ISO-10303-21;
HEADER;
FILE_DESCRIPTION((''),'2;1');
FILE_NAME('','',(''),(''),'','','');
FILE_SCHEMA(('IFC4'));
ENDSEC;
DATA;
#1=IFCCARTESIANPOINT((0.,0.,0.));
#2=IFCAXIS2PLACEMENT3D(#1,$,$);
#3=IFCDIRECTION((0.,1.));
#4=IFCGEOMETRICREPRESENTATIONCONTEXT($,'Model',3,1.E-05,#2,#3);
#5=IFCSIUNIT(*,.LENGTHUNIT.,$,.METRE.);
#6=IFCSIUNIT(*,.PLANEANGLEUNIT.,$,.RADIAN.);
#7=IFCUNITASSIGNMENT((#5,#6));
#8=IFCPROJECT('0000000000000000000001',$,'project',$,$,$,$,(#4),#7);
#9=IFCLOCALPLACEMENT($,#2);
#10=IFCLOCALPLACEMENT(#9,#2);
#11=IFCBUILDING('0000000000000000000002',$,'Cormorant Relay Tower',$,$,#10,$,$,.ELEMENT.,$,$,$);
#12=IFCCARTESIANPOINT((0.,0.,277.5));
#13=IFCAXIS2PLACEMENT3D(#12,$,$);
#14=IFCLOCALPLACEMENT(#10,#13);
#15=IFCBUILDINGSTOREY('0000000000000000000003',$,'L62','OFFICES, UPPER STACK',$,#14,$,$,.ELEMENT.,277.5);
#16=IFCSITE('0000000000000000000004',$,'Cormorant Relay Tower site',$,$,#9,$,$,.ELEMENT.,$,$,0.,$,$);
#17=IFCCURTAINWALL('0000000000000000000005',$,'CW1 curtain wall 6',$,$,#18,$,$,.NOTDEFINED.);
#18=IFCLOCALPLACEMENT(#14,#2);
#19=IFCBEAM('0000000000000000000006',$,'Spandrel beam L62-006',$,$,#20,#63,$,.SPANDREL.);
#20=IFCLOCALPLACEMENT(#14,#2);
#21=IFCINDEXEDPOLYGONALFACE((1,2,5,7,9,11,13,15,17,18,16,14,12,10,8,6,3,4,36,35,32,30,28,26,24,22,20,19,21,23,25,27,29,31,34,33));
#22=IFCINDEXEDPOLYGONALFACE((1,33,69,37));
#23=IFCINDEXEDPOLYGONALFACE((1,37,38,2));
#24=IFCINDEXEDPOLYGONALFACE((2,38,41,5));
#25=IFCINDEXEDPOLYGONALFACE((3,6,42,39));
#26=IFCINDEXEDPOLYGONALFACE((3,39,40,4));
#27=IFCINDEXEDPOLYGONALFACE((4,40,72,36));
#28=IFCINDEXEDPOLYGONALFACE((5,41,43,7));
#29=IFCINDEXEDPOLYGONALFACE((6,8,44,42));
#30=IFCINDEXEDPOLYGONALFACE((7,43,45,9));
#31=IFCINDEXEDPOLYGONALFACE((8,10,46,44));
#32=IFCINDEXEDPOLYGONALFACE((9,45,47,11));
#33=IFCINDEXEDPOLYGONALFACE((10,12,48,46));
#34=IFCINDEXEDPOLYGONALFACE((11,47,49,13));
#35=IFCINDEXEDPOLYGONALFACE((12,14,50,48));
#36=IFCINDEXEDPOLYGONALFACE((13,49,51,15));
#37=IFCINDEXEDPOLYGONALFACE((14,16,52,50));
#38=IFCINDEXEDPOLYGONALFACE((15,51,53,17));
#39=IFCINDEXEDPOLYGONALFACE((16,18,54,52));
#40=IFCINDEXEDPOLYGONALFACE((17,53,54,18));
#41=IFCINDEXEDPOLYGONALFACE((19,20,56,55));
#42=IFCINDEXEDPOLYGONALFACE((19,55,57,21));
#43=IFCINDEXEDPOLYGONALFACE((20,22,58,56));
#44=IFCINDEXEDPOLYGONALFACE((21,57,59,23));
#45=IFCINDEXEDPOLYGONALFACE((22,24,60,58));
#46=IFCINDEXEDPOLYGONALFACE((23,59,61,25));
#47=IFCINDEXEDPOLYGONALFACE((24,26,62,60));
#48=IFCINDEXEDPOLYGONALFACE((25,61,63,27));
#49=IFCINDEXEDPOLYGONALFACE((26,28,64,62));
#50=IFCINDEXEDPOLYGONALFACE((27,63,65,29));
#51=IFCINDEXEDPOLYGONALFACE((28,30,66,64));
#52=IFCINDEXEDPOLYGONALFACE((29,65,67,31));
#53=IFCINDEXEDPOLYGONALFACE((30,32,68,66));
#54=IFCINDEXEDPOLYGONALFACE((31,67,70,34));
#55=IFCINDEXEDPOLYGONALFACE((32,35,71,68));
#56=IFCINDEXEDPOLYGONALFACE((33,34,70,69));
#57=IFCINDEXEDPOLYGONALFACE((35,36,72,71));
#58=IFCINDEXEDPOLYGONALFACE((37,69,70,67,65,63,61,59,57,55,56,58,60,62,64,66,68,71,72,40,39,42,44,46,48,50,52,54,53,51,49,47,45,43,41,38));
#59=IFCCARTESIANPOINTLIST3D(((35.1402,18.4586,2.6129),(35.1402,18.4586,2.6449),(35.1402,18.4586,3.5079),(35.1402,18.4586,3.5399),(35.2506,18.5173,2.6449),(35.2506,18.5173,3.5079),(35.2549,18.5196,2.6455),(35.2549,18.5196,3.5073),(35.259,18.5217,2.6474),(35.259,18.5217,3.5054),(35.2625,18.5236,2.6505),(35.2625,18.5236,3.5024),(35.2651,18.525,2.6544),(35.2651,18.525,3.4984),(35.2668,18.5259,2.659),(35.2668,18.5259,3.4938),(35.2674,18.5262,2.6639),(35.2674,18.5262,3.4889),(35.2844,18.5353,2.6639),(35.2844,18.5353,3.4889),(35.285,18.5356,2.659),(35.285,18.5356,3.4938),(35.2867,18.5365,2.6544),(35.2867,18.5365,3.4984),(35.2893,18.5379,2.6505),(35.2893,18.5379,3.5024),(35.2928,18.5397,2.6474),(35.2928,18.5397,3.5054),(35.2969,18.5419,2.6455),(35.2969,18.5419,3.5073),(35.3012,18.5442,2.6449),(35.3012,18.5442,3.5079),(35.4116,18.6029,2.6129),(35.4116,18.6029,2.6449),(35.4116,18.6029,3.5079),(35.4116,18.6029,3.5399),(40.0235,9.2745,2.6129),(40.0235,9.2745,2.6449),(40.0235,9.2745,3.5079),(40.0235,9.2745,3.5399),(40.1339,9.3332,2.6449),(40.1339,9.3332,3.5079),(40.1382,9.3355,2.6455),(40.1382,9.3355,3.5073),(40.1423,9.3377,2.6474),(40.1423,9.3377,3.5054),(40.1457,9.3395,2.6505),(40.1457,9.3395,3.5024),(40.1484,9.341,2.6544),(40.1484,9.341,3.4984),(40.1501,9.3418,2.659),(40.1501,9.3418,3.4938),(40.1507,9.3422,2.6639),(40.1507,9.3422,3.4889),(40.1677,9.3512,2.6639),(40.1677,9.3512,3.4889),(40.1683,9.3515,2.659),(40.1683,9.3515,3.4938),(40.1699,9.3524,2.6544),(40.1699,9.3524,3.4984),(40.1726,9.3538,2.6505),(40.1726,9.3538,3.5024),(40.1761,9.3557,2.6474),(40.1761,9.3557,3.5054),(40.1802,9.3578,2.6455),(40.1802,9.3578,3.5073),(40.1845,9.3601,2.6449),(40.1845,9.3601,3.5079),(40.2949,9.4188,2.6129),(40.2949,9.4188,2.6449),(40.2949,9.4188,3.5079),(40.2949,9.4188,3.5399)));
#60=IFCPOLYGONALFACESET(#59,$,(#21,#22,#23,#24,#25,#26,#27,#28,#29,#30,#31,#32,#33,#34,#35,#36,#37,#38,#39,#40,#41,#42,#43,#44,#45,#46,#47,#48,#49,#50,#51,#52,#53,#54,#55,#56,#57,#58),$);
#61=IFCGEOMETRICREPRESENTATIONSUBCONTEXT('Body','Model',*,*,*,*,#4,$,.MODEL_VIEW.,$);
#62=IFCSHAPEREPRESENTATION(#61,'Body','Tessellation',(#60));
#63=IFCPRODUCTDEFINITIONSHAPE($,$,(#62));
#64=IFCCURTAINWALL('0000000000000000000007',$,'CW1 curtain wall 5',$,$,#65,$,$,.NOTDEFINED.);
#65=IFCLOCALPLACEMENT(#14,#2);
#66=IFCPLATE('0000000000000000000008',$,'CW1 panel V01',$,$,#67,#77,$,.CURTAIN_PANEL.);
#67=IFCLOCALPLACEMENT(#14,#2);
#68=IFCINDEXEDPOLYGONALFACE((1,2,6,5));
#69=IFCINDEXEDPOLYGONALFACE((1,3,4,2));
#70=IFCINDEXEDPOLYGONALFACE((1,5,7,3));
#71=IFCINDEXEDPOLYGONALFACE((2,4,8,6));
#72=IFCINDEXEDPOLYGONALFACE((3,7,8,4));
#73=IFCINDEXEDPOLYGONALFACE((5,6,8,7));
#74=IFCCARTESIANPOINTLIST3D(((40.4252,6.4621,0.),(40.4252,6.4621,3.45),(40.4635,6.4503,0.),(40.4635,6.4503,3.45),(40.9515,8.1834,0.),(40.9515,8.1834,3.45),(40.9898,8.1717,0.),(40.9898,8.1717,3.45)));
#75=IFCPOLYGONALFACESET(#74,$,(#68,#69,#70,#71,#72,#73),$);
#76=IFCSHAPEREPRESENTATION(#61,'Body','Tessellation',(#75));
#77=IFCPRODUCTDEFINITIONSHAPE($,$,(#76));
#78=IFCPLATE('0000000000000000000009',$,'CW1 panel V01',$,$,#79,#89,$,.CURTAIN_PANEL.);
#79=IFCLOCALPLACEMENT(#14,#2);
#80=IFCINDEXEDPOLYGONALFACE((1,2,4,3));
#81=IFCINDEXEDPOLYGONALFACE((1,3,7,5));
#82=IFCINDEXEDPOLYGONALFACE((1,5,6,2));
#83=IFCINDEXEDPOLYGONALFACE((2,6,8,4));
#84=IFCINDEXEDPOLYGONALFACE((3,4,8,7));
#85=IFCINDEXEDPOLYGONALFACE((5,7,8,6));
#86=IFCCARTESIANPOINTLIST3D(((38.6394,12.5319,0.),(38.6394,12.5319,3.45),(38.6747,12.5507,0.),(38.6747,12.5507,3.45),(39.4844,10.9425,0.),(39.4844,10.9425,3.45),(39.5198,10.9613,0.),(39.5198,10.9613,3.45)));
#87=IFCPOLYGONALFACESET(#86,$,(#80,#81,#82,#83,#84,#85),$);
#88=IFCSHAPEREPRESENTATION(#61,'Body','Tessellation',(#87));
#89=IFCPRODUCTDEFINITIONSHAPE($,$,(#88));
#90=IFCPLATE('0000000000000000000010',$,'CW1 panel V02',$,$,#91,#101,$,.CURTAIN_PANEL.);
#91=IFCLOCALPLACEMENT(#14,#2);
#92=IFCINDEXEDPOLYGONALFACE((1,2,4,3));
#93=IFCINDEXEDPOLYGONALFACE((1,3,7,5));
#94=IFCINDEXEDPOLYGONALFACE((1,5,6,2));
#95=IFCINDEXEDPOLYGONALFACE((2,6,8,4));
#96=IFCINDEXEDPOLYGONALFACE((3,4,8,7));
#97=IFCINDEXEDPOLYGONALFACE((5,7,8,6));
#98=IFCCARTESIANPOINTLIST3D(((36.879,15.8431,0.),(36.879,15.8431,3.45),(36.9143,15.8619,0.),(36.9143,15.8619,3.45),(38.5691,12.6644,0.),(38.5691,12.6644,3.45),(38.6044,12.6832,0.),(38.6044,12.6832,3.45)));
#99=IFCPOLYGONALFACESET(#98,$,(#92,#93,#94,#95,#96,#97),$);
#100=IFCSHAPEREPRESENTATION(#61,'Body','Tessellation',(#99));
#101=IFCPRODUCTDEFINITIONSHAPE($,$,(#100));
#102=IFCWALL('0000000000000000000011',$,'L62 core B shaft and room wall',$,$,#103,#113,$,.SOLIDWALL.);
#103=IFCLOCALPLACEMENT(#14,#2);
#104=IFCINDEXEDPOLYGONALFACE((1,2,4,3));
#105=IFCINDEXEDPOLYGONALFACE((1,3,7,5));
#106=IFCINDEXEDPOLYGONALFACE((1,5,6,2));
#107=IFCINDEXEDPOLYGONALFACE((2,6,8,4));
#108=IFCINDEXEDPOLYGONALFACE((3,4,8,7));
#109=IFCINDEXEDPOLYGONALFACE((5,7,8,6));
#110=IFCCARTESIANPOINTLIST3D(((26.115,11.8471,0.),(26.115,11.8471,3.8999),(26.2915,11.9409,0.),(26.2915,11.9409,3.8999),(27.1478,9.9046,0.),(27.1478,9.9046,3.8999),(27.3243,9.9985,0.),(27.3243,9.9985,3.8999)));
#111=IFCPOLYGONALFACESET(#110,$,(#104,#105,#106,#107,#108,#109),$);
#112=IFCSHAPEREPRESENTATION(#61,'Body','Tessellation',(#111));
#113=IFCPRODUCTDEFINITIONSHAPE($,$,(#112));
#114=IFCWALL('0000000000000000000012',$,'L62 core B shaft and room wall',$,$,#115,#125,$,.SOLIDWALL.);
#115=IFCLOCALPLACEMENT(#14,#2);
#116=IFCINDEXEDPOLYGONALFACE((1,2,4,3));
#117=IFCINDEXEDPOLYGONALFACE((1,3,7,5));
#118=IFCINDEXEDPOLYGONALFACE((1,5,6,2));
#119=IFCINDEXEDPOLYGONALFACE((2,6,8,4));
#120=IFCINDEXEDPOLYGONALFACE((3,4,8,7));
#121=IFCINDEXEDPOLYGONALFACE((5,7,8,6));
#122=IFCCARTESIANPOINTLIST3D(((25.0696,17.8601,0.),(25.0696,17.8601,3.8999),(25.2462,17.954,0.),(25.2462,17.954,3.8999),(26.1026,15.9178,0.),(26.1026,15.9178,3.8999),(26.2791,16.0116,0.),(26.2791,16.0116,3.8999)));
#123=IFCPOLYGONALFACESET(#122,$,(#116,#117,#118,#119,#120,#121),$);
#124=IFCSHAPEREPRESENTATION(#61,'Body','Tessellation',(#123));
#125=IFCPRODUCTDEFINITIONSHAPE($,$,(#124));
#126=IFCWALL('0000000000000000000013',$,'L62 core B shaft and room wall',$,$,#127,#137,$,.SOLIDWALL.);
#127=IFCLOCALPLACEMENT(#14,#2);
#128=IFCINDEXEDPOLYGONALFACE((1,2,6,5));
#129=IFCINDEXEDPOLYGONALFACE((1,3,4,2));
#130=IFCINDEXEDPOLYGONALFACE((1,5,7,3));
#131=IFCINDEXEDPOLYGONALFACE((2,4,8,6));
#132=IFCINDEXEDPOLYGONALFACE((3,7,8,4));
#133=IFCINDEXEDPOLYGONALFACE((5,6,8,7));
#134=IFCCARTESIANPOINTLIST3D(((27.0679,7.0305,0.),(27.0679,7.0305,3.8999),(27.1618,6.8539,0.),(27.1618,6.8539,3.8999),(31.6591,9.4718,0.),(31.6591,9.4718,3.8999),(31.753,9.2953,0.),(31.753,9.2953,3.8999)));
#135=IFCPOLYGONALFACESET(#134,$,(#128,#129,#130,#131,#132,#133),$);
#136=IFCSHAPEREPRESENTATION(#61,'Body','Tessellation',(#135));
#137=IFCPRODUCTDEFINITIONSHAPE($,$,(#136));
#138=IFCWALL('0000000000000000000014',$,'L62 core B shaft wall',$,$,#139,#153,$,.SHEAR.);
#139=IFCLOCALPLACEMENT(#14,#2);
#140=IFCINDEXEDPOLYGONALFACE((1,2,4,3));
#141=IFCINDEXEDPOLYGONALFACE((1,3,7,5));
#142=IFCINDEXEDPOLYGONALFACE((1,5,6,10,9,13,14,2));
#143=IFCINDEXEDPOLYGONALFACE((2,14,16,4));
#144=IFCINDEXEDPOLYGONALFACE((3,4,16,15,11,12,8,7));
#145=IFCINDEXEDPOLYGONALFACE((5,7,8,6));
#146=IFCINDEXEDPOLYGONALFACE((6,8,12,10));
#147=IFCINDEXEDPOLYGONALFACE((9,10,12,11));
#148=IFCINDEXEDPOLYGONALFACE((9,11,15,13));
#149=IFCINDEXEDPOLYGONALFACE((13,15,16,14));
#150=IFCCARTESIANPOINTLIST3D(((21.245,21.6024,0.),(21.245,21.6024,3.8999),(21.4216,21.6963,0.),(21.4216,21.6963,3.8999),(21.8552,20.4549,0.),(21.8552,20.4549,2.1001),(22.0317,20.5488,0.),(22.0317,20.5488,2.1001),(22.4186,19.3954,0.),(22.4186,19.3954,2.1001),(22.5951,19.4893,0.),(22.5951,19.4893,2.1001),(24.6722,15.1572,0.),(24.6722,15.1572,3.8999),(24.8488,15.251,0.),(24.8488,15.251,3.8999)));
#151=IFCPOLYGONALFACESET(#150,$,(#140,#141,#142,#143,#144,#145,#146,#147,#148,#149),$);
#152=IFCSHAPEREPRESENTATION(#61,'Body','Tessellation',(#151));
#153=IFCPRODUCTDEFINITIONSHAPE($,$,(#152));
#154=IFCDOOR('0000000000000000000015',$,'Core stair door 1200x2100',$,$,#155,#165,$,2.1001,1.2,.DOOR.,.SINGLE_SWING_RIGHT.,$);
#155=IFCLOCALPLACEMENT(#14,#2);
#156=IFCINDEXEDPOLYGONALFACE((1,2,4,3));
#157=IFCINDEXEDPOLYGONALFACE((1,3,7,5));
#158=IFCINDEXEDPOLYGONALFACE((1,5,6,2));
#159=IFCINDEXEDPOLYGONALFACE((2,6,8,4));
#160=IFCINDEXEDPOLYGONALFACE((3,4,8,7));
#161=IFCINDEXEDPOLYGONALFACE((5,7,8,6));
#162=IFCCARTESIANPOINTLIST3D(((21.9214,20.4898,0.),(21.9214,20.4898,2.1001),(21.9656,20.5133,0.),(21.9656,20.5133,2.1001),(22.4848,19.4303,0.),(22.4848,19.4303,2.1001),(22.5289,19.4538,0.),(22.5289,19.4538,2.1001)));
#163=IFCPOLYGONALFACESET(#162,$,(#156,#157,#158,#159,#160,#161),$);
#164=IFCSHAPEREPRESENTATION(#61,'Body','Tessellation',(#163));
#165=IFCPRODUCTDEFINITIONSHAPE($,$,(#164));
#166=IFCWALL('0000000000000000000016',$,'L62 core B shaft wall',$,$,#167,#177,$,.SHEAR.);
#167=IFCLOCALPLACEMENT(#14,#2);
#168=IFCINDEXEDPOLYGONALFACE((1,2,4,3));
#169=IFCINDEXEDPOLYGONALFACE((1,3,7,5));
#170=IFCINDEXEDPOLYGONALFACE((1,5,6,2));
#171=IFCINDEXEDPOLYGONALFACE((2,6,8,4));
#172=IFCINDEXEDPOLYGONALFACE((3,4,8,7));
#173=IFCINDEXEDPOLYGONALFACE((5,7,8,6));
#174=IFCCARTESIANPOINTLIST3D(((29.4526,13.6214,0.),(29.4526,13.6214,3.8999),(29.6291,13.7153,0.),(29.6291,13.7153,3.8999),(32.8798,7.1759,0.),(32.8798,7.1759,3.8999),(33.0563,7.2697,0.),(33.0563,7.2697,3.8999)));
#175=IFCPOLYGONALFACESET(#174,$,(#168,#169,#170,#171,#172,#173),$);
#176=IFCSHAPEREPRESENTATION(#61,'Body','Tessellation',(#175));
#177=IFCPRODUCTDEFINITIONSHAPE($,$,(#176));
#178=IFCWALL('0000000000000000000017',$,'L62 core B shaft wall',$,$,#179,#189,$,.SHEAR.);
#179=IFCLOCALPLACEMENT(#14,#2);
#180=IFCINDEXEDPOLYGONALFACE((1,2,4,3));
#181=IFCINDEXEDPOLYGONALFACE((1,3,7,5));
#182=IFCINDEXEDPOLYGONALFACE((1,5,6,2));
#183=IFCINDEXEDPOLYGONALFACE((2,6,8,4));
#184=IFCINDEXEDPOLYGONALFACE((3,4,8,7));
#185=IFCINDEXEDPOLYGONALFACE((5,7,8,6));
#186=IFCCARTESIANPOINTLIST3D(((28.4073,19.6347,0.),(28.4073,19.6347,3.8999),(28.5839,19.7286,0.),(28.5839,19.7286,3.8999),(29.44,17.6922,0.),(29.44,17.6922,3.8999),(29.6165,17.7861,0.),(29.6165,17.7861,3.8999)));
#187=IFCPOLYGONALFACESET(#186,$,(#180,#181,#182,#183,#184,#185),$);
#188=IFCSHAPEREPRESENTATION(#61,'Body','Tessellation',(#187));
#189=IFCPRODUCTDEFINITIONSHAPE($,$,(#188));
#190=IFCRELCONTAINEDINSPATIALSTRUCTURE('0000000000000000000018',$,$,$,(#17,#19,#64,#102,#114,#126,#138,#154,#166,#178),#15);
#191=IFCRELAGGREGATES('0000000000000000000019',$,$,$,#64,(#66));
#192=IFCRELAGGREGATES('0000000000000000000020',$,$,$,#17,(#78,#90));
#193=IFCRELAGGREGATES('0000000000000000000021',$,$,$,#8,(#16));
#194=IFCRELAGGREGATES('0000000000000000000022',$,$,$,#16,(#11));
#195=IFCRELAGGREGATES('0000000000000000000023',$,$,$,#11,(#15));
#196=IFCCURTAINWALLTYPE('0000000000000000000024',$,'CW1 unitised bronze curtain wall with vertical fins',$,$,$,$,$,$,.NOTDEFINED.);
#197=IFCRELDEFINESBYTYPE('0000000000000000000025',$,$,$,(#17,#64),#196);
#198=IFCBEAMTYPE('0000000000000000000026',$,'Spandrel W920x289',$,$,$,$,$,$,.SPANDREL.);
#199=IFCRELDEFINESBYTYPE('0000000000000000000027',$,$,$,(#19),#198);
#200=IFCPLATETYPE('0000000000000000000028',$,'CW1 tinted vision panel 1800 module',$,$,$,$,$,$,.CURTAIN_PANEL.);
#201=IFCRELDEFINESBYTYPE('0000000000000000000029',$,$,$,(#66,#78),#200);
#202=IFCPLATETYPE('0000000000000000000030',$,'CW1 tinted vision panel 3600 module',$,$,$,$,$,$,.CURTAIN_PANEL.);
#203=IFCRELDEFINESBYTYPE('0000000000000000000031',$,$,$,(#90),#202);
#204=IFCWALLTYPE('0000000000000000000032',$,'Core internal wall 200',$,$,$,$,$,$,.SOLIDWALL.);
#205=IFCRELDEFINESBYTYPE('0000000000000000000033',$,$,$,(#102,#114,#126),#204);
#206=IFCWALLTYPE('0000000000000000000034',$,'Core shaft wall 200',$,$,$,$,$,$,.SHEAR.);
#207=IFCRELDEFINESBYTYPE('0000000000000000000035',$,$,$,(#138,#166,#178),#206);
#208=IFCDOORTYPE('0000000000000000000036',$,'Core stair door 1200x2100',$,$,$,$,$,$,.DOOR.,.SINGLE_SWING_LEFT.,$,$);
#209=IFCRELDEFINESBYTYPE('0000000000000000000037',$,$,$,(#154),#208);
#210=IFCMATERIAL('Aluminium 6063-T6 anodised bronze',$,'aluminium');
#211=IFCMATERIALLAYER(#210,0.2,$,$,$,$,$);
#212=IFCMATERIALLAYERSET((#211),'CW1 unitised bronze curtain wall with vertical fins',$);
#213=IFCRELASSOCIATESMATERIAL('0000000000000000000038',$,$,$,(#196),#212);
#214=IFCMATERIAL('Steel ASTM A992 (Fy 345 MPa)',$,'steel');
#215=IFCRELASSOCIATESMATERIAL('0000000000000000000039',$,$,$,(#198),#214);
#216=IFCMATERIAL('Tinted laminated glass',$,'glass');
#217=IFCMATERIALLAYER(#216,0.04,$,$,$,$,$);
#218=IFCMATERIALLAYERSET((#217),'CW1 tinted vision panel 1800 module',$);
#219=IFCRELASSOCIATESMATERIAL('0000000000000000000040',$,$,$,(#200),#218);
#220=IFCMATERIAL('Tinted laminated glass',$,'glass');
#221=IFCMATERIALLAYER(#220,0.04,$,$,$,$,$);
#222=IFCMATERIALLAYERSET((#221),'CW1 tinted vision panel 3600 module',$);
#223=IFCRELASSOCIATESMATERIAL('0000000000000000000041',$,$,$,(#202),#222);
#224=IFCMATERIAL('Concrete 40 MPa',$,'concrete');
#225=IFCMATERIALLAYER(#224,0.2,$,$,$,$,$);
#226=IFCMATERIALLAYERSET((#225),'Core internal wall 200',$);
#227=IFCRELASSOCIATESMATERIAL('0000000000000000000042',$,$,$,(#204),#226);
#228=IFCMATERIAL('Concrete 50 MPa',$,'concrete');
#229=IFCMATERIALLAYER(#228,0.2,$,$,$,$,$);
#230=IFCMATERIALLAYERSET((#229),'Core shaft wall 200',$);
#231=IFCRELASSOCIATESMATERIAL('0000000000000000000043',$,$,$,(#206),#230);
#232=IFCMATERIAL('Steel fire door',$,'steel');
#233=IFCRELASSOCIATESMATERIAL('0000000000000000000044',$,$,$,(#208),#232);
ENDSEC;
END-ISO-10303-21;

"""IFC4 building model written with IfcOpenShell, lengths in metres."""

from ifc_helpers import new_model, si_unit, direction, frame, frame_2d, origin, origin_2d, place, context, subcontext, project, spatial, rectangle, i_section, extrude, material, layer, layer_set, material_profile, profile_set, type_object, element, fill, aggregate, save


model = new_model("IFC4")

# Units and contexts
model_context = context("Model", 3, precision=1e-05, world=origin(), true_north=direction((0.0, 1.0)))
body_context = subcontext(model_context, "Body", "Model", "MODEL_VIEW")
ifc_project = project(units=[si_unit("LENGTHUNIT", "METRE"), si_unit("PLANEANGLEUNIT", "RADIAN")], contexts=[model_context])

# Site, building, storey
site_placement = place(None, origin())
site = spatial("IfcSite", under=ifc_project, at=site_placement, Name="Cormorant Relay Tower site", CompositionType="ELEMENT", RefElevation=0.0)
building_placement = place(site_placement, origin())
building = spatial("IfcBuilding", under=site, at=building_placement, Name="Cormorant Relay Tower", CompositionType="ELEMENT")
storey_placement = place(building_placement, frame((0.0, 0.0, 277.5)))
storey = spatial("IfcBuildingStorey", under=building, at=storey_placement, Name="L62", Description="OFFICES, UPPER STACK", CompositionType="ELEMENT", Elevation=277.5)

# Curtain wall
ifc_material_1 = material(Name="Aluminium 6063-T6 anodised bronze", Category="aluminium")
ifc_layer_1 = layer(ifc_material_1, 0.2)
ifc_layer_set_1 = layer_set([ifc_layer_1], Name="CW1 unitised bronze curtain wall with vertical fins")
curtain_wall_type = type_object("IfcCurtainWallType", Name="CW1 unitised bronze curtain wall with vertical fins", PredefinedType="NOTDEFINED", material=ifc_layer_set_1)
curtain_wall_1_placement = place(storey_placement, origin())
curtain_wall_1 = element("IfcCurtainWall", 1, at=curtain_wall_1_placement, inside=storey, type_object=curtain_wall_type, Name="CW1 curtain wall 6", PredefinedType="NOTDEFINED")

# Beam
ifc_material_2 = material(Name="Steel ASTM A992 (Fy 345 MPa)", Category="steel")
ifc_material_profile_1 = material_profile(ifc_material_2, i_section(OverallWidth=0.3074, OverallDepth=0.927, WebThickness=0.0193, FlangeThickness=0.032, FilletRadius=0.019, at=origin_2d()), Name="W920x289")
ifc_profile_set_1 = profile_set([ifc_material_profile_1], Name="Steel ASTM A992 (Fy 345 MPa)")
beam_type = type_object("IfcBeamType", Name="Spandrel W920x289", PredefinedType="SPANDREL", material=ifc_profile_set_1)
beam_placement = place(storey_placement, frame((40.1592, 9.3467, 3.0764), z_axis=(-0.469474, 0.882946, 0.0), x_axis=(-0.882946, -0.469474, 0.0)))
element("IfcBeam", 2, at=beam_placement, inside=storey, type_object=beam_type, Name="Spandrel beam L62-006", PredefinedType="SPANDREL", context=body_context, shape_type="SweptSolid", body=[
    extrude(i_section(OverallWidth=0.3074, OverallDepth=0.927, WebThickness=0.0193, FlangeThickness=0.032, FilletRadius=0.019, at=origin_2d()), origin(), (0.0, 0.0, 1.0), 10.4016),
])

# Curtain wall, plate
curtain_wall_2_placement = place(storey_placement, origin())
curtain_wall_2 = element("IfcCurtainWall", 3, at=curtain_wall_2_placement, inside=storey, type_object=curtain_wall_type, Name="CW1 curtain wall 5", PredefinedType="NOTDEFINED")
ifc_material_3 = material(Name="Tinted laminated glass", Category="glass")
ifc_layer_2 = layer(ifc_material_3, 0.04)
ifc_layer_set_2 = layer_set([ifc_layer_2], Name="CW1 tinted vision panel 1800 module")
plate_type_1 = type_object("IfcPlateType", Name="CW1 tinted vision panel 1800 module", PredefinedType="CURTAIN_PANEL", material=ifc_layer_set_2)
plate_1_placement = place(storey_placement, frame((40.7075, 7.3169, 0.0), z_axis=(0.0, 0.0, 1.0), x_axis=(0.292372, 0.956305, 0.0)))
plate_1 = element("IfcPlate", 4, at=plate_1_placement, type_object=plate_type_1, Name="CW1 panel V01", PredefinedType="CURTAIN_PANEL", context=body_context, shape_type="SweptSolid", body=[
    extrude(rectangle(XDim=1.8, YDim=0.04, at=origin_2d()), origin(), (0.0, 0.0, 1.0), 3.45),
])
aggregate(curtain_wall_2, [plate_1])

# Plates
plate_2_placement = place(storey_placement, frame((39.0796, 11.7466, 0.0), z_axis=(0.0, 0.0, 1.0), x_axis=(-0.469472, 0.882948, 0.0)))
plate_2 = element("IfcPlate", 5, at=plate_2_placement, type_object=plate_type_1, Name="CW1 panel V01", PredefinedType="CURTAIN_PANEL", context=body_context, shape_type="SweptSolid", body=[
    extrude(rectangle(XDim=1.8, YDim=0.04, at=origin_2d()), origin(), (0.0, 0.0, 1.0), 3.45),
])
ifc_material_4 = material(Name="Tinted laminated glass", Category="glass")
ifc_layer_3 = layer(ifc_material_4, 0.04)
ifc_layer_set_3 = layer_set([ifc_layer_3], Name="CW1 tinted vision panel 3600 module")
plate_type_2 = type_object("IfcPlateType", Name="CW1 tinted vision panel 3600 module", PredefinedType="CURTAIN_PANEL", material=ifc_layer_set_3)
plate_3_placement = place(storey_placement, frame((37.7417, 14.2632, 0.0), z_axis=(0.0, 0.0, 1.0), x_axis=(-0.469472, 0.882948, 0.0)))
plate_3 = element("IfcPlate", 6, at=plate_3_placement, type_object=plate_type_2, Name="CW1 panel V02", PredefinedType="CURTAIN_PANEL", context=body_context, shape_type="SweptSolid", body=[
    extrude(rectangle(XDim=3.6001, YDim=0.04, at=origin_2d()), origin(), (0.0, 0.0, 1.0), 3.45),
])

# Walls
ifc_material_5 = material(Name="Concrete 40 MPa", Category="concrete")
ifc_layer_4 = layer(ifc_material_5, 0.2)
ifc_layer_set_4 = layer_set([ifc_layer_4], Name="Core internal wall 200")
wall_type_1 = type_object("IfcWallType", Name="Core internal wall 200", PredefinedType="SOLIDWALL", material=ifc_layer_set_4)
for number, where, z_axis, x_axis, name in (
    (7, (27.2361, 9.9514, 0.0), (0.0, 0.0, 1.0), (-0.469447, 0.88296, 0.0), "L62 core B shaft and room wall"),
    (8, (26.1909, 15.9646, 0.0), (0.0, 0.0, 1.0), (-0.469534, 0.882914, 0.0), "L62 core B shaft and room wall"),
):
    element("IfcWall", number, at=place(storey_placement, frame(where, z_axis=z_axis, x_axis=x_axis)), inside=storey, type_object=wall_type_1, Name=name, PredefinedType="SOLIDWALL", context=body_context, shape_type="SweptSolid", body=[
        extrude(rectangle(XDim=2.2, YDim=0.2, at=frame_2d((1.1001, 0.0))), origin(), (0.0, 0.0, 1.0), 3.8999),
    ])
wall_1_placement = place(storey_placement, frame((27.1147, 6.9421, 0.0), z_axis=(0.0, 0.0, 1.0), x_axis=(0.882935, 0.469496, 0.0)))
element("IfcWall", 9, at=wall_1_placement, inside=storey, type_object=wall_type_1, Name="L62 core B shaft and room wall", PredefinedType="SOLIDWALL", context=body_context, shape_type="SweptSolid", body=[
    extrude(rectangle(XDim=5.2, YDim=0.2, at=frame_2d((2.6001, 0.0))), origin(), (0.0, 0.0, 1.0), 3.8999),
])

# Wall, opening, door
ifc_material_6 = material(Name="Concrete 50 MPa", Category="concrete")
ifc_layer_5 = layer(ifc_material_6, 0.2)
ifc_layer_set_5 = layer_set([ifc_layer_5], Name="Core shaft wall 200")
wall_type_2 = type_object("IfcWallType", Name="Core shaft wall 200", PredefinedType="SHEAR", material=ifc_layer_set_5)
wall_2_placement = place(storey_placement, frame((24.7605, 15.2041, 0.0), z_axis=(0.0, 0.0, 1.0), x_axis=(-0.469494, 0.882936, 0.0)))
wall_2 = element("IfcWall", 10, at=wall_2_placement, inside=storey, type_object=wall_type_2, Name="L62 core B shaft wall", PredefinedType="SHEAR", context=body_context, shape_type="SweptSolid", body=[
    extrude(rectangle(XDim=7.2998, YDim=0.2, at=frame_2d((3.6499, 0.0))), origin(), (0.0, 0.0, 1.0), 3.8999),
])
opening_1_placement = place(wall_2_placement, frame((4.8, 0.0, 0.0)))
opening_1 = element("IfcOpeningElement", 11, at=opening_1_placement, cuts=wall_2, PredefinedType="OPENING", context=body_context, shape_type="SweptSolid", body=[
    extrude(rectangle(XDim=1.2, YDim=2.1001, at=frame_2d((0.6001, 1.05))), frame((0.0, 0.1099, 0.0), z_axis=(0.0, -1.0, 0.0), x_axis=(1.0, 0.0, 0.0)), (0.0, 0.0, 1.0), 0.22),
])
ifc_material_7 = material(Name="Steel fire door", Category="steel")
door_type_1 = type_object("IfcDoorType", Name="Core stair door 1200x2100", OperationType="SINGLE_SWING_LEFT", PredefinedType="DOOR", material=ifc_material_7)
door_1_placement = place(opening_1_placement, frame((1.2, 0.0, 0.0), z_axis=(0.0, 0.0, 1.0), x_axis=(-1.0, 0.0, 0.0)))
door_1 = element("IfcDoor", 12, at=door_1_placement, inside=storey, type_object=door_type_1, Name="Core stair door 1200x2100", OperationType="SINGLE_SWING_RIGHT", OverallHeight=2.1001, OverallWidth=1.2, PredefinedType="DOOR", context=body_context, shape_type="SweptSolid", body=[
    extrude(rectangle(XDim=1.2, YDim=2.1001, at=frame_2d((0.6001, 1.05))), frame((0.0, 0.0249, 0.0), z_axis=(0.0, -1.0, 0.0), x_axis=(1.0, 0.0, 0.0)), (0.0, 0.0, 1.0), 0.05),
])
fill(opening_1, door_1)

# Walls
wall_3_placement = place(storey_placement, frame((32.968, 7.2229, 0.0), z_axis=(0.0, 0.0, 1.0), x_axis=(-0.46948, 0.882943, 0.0)))
element("IfcWall", 13, at=wall_3_placement, inside=storey, type_object=wall_type_2, Name="L62 core B shaft wall", PredefinedType="SHEAR", context=body_context, shape_type="SweptSolid", body=[
    extrude(rectangle(XDim=7.3, YDim=0.2, at=frame_2d((3.6499, 0.0))), origin(), (0.0, 0.0, 1.0), 3.8999),
])
wall_4_placement = place(storey_placement, frame((29.5283, 17.739, 0.0), z_axis=(0.0, 0.0, 1.0), x_axis=(-0.469401, 0.882985, 0.0)))
element("IfcWall", 14, at=wall_4_placement, inside=storey, type_object=wall_type_2, Name="L62 core B shaft wall", PredefinedType="SHEAR", context=body_context, shape_type="SweptSolid", body=[
    extrude(rectangle(XDim=2.2, YDim=0.2, at=frame_2d((1.1001, 0.0))), origin(), (0.0, 0.0, 1.0), 3.8999),
])

aggregate(curtain_wall_1, [plate_2, plate_3])

save(model, "model.ifc")
